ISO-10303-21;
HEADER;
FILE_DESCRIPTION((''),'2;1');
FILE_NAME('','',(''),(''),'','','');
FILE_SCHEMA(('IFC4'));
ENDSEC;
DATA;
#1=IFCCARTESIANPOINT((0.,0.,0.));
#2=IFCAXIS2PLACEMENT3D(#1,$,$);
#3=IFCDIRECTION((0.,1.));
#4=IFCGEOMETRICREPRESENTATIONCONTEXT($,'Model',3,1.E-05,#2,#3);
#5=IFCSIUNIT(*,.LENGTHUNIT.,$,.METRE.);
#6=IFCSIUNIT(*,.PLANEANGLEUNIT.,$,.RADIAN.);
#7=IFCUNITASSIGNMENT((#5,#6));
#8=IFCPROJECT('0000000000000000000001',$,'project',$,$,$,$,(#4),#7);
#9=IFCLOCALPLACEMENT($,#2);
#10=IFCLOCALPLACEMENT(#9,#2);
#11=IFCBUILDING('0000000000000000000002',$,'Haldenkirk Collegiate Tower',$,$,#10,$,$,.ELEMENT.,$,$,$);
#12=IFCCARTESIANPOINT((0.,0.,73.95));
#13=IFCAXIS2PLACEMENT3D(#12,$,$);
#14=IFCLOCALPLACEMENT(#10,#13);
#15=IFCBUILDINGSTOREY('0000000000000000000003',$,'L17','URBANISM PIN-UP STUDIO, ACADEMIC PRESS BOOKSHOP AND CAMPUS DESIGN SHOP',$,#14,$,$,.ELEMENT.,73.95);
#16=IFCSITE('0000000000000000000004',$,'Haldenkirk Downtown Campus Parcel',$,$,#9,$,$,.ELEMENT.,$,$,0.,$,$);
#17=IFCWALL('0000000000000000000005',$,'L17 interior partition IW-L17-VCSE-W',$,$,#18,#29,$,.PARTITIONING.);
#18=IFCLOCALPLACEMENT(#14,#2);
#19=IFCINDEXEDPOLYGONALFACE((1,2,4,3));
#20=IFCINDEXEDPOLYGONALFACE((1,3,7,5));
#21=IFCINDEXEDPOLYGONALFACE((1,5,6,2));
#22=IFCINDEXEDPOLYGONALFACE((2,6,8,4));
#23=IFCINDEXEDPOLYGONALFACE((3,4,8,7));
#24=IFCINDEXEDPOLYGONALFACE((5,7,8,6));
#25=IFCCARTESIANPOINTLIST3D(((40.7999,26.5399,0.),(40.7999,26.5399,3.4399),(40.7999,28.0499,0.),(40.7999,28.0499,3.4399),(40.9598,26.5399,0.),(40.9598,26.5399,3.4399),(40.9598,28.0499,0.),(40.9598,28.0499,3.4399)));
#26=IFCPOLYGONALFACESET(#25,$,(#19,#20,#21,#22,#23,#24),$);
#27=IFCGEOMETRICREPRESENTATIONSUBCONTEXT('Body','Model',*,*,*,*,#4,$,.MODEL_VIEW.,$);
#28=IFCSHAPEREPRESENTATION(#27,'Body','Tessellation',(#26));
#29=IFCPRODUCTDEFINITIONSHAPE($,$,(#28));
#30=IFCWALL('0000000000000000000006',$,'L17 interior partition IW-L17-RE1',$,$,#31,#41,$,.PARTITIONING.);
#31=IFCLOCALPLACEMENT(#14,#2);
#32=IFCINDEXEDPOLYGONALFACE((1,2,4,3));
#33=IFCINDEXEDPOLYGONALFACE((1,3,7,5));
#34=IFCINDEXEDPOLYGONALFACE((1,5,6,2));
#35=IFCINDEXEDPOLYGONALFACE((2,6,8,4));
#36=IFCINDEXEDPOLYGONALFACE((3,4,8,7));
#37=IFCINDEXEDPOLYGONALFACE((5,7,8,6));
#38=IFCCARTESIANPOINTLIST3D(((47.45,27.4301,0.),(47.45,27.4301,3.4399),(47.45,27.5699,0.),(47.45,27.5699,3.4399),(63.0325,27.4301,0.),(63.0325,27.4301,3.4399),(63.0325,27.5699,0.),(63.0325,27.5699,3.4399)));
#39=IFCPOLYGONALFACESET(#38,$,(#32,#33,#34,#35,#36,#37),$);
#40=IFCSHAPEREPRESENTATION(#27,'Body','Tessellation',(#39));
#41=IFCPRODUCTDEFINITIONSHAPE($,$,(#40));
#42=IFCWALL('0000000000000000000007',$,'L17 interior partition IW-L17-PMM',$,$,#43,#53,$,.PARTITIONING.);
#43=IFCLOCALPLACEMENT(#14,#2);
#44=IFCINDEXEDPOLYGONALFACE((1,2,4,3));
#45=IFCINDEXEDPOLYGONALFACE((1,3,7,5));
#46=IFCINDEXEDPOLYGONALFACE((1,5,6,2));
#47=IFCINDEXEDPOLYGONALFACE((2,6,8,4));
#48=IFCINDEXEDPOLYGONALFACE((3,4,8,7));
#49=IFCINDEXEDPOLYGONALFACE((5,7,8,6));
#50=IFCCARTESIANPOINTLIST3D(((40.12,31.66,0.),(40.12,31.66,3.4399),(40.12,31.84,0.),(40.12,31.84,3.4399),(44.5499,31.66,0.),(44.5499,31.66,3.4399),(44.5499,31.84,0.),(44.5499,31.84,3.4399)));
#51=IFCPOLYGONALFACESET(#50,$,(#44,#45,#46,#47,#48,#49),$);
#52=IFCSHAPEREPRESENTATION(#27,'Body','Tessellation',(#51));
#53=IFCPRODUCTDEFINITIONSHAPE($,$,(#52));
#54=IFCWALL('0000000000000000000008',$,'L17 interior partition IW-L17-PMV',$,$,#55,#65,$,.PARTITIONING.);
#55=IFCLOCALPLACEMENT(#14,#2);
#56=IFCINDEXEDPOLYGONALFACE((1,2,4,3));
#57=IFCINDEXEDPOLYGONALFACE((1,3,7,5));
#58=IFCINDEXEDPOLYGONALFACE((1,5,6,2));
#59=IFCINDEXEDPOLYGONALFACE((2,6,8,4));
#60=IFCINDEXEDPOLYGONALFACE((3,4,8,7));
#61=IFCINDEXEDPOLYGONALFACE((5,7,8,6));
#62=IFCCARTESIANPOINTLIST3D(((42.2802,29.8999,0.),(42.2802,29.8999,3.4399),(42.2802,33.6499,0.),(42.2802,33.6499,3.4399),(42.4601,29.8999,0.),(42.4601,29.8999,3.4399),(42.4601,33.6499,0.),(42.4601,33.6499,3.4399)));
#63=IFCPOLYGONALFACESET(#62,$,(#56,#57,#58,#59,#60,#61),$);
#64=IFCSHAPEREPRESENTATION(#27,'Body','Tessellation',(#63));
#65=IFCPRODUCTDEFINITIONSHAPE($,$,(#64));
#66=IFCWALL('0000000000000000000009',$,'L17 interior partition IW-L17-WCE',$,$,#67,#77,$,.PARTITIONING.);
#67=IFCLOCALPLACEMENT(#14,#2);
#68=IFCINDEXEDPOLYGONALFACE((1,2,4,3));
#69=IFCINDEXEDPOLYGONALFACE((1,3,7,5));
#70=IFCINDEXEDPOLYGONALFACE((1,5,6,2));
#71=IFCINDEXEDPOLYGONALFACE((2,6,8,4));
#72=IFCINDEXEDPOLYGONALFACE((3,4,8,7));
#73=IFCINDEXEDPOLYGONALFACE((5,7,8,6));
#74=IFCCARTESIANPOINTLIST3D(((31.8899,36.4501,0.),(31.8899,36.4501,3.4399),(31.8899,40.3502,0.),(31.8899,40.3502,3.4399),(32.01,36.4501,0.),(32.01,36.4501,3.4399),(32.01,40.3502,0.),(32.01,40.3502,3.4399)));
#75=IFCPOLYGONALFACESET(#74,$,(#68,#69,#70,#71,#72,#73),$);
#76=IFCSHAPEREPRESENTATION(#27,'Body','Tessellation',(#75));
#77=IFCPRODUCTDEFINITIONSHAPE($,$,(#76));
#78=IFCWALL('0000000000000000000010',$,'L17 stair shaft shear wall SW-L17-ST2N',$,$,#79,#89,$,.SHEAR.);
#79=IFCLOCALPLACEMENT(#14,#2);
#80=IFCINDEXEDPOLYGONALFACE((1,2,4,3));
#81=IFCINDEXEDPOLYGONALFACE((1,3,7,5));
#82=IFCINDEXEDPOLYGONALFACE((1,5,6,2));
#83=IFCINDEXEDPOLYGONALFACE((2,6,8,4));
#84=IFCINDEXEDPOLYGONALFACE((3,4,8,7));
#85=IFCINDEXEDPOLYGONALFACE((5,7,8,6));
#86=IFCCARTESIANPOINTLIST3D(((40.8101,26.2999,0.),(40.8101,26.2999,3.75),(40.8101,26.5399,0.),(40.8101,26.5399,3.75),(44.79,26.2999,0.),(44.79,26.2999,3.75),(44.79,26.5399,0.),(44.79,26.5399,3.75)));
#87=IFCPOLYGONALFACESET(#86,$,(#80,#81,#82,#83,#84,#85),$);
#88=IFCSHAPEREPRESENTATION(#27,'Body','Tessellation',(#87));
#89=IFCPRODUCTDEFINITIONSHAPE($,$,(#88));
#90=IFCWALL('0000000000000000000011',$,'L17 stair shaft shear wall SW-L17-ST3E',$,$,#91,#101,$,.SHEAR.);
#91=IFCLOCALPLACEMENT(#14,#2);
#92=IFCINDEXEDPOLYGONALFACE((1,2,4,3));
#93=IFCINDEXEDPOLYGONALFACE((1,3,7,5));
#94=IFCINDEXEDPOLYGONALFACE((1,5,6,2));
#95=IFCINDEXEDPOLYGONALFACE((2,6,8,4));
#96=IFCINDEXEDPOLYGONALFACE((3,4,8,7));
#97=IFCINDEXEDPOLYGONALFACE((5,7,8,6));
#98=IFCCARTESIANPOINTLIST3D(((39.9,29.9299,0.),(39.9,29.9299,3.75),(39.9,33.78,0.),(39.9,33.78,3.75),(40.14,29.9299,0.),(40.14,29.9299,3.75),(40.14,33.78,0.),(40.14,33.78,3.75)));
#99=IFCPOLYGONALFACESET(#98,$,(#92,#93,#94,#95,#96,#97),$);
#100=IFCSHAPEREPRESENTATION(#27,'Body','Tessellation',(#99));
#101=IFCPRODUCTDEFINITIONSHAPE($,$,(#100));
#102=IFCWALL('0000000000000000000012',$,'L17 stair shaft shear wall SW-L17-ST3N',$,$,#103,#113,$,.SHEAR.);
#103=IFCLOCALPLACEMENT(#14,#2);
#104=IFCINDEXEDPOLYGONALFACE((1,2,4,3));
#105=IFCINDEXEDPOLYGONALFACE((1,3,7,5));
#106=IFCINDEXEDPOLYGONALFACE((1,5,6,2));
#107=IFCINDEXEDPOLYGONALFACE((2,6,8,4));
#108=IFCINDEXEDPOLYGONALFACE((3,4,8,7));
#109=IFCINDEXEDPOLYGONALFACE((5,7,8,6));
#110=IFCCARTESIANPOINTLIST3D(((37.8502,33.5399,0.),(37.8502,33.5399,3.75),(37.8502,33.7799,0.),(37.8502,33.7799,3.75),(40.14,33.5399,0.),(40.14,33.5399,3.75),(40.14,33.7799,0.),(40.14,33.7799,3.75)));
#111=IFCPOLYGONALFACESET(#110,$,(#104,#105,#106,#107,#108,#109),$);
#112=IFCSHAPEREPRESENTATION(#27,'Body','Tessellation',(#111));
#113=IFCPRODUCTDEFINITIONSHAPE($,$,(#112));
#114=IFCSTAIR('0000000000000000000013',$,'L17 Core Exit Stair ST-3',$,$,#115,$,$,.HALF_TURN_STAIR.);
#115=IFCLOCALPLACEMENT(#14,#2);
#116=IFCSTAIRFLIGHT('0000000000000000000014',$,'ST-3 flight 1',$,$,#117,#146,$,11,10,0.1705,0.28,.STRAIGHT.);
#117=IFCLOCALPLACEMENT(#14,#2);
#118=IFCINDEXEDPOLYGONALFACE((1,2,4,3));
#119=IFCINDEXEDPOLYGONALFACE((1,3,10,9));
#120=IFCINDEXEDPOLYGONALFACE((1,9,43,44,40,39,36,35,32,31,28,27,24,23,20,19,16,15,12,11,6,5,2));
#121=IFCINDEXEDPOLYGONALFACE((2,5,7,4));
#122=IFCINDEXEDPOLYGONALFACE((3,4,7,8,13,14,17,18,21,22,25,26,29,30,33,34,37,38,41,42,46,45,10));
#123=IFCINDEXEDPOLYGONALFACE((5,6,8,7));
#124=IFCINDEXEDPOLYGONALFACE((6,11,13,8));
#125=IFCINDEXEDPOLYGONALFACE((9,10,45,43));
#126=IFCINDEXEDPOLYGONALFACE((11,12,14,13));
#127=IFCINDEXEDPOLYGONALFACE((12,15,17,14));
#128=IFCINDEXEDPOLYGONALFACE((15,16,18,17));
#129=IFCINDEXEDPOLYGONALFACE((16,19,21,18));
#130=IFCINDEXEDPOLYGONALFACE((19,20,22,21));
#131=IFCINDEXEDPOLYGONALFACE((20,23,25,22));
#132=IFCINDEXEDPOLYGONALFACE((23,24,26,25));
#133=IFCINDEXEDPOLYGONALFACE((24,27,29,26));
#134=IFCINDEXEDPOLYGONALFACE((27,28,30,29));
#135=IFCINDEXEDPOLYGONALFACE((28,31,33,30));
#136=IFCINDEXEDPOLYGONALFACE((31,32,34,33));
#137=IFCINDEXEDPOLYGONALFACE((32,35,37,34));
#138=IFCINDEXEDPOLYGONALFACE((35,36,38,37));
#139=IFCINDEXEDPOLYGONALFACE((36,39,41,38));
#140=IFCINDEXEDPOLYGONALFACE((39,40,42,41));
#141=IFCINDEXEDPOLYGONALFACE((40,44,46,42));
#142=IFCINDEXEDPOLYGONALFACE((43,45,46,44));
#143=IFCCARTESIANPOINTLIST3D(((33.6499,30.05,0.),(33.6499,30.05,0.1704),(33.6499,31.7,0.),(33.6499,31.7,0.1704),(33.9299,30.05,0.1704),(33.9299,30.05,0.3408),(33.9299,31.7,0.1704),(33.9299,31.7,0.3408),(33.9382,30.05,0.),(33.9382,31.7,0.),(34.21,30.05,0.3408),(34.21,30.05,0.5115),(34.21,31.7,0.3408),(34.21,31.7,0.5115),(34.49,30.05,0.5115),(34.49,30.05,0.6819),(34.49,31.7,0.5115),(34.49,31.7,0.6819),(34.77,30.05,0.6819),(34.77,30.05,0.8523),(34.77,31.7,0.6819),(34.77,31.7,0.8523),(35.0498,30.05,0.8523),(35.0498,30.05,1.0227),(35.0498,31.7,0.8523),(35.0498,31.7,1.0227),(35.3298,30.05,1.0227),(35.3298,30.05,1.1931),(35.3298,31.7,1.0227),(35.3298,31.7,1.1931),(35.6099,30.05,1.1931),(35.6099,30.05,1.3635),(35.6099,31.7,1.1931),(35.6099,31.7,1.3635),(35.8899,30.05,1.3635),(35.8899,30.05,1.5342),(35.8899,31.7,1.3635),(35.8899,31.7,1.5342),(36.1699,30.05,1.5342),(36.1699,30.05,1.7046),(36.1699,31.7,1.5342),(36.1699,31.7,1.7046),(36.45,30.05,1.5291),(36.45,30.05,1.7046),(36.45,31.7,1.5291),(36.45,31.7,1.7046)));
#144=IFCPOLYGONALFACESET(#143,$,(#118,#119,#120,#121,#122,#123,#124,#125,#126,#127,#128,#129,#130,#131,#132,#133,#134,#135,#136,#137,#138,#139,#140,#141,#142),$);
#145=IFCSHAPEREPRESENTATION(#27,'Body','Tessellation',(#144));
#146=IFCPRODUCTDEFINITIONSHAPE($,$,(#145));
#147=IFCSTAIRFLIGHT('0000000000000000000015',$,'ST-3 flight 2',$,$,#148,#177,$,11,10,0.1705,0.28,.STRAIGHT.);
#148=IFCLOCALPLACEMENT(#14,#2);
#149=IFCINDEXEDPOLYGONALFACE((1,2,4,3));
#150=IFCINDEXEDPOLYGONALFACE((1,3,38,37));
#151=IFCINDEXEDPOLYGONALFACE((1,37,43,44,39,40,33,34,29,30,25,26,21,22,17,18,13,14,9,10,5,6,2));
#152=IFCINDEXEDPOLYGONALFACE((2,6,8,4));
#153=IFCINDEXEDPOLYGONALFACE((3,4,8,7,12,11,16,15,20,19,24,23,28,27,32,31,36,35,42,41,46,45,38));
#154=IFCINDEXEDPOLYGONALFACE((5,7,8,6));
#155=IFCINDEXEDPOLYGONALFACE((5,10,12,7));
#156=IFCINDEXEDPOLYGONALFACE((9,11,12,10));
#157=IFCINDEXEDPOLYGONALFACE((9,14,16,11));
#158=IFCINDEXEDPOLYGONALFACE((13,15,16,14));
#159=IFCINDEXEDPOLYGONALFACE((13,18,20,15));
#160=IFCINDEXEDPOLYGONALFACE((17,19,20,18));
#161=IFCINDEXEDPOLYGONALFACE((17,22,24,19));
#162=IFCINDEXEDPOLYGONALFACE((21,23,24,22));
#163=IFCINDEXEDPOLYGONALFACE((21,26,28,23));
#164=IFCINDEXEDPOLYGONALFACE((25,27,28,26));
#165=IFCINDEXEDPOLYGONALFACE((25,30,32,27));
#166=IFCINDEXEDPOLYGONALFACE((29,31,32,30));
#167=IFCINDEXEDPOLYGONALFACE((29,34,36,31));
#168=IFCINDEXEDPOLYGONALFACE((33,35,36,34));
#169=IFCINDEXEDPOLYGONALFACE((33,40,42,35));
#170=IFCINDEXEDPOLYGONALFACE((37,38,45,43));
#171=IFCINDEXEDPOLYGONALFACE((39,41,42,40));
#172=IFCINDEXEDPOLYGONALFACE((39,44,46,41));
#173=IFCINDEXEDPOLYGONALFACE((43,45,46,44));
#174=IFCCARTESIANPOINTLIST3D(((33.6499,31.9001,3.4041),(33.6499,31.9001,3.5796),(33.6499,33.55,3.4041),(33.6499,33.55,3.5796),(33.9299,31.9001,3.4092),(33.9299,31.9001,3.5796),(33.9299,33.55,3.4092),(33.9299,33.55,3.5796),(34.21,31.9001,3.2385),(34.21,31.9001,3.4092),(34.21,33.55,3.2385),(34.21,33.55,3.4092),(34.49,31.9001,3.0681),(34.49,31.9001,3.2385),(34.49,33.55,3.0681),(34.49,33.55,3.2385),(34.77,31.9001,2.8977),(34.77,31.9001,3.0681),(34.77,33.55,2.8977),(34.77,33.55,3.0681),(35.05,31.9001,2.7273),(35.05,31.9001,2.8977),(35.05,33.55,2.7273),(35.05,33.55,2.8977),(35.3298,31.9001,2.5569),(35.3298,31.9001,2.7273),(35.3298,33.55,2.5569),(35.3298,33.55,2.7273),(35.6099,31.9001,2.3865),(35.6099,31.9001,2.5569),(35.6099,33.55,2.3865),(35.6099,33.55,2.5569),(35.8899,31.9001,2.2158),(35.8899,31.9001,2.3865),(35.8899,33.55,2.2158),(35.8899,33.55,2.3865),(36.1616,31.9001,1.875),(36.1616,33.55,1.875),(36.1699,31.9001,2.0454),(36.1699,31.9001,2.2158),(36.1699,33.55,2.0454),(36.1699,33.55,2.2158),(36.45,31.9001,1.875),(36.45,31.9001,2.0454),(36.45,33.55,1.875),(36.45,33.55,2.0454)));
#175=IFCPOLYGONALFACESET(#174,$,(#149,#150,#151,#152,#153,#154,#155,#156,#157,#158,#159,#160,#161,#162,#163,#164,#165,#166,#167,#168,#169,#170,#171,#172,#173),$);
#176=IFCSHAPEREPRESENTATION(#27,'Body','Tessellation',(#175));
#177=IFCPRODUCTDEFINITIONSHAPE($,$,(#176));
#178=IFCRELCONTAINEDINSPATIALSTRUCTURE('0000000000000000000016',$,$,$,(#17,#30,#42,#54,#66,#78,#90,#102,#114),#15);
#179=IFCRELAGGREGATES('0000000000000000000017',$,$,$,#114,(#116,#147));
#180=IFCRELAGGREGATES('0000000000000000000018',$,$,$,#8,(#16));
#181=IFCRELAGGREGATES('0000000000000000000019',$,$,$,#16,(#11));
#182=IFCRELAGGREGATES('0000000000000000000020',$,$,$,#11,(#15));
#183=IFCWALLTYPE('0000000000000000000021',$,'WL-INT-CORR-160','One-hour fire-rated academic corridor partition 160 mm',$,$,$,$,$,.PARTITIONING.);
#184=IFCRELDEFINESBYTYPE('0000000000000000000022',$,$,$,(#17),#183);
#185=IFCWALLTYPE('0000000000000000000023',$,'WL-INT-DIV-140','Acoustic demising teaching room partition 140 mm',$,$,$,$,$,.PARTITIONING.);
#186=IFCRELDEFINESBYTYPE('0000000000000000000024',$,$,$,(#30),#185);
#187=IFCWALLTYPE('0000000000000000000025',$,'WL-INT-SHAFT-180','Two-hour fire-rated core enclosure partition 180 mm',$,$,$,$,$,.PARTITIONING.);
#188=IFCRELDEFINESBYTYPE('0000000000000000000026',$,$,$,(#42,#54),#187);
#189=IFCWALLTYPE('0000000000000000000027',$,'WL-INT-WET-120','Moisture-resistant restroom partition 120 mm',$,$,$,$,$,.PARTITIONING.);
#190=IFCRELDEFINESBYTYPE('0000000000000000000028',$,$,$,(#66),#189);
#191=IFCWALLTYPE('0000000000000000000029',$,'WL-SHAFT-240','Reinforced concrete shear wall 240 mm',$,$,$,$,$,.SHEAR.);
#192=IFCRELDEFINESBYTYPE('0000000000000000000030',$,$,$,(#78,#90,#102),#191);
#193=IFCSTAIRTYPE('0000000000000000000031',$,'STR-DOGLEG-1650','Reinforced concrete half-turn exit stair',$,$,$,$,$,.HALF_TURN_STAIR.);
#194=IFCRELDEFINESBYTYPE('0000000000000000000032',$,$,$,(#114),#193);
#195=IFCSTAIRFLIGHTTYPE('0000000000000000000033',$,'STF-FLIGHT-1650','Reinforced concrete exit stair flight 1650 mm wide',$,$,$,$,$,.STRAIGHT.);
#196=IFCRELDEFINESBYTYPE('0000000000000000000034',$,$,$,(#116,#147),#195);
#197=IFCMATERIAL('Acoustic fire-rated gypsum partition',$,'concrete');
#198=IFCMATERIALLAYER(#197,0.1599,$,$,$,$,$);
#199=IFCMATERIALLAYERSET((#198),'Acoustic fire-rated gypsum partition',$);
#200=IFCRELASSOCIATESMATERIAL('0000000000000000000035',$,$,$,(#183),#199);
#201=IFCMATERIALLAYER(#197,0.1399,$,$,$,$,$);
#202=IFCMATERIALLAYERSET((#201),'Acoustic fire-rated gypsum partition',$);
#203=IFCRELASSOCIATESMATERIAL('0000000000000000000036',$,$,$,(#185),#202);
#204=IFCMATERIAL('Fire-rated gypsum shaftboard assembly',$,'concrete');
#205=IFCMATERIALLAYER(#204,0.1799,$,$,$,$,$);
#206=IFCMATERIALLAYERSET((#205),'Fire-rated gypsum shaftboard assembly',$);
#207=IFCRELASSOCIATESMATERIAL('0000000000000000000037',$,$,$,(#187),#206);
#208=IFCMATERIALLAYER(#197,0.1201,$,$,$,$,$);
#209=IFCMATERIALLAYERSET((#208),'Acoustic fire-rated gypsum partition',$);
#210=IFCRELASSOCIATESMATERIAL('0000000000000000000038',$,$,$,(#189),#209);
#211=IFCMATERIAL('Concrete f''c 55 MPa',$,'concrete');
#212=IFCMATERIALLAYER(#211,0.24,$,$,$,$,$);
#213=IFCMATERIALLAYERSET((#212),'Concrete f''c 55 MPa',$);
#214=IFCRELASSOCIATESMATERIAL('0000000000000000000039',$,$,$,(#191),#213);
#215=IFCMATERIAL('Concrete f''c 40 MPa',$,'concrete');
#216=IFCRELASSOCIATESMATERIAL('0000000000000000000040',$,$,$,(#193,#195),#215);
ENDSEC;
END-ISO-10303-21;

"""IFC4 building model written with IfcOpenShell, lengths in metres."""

from ifc_helpers import new_model, si_unit, direction, frame, frame_2d, origin, place, context, subcontext, project, spatial, polyline, rectangle, outline, extrude, material, layer, layer_set, type_object, element, aggregate, save


model = new_model("IFC4")

# Units and contexts
model_context = context("Model", 3, precision=1e-05, world=origin(), true_north=direction((0.0, 1.0)))
body_context = subcontext(model_context, "Body", "Model", "MODEL_VIEW")
ifc_project = project(units=[si_unit("LENGTHUNIT", "METRE"), si_unit("PLANEANGLEUNIT", "RADIAN")], contexts=[model_context])

# Site, building, storey
site_placement = place(None, origin())
site = spatial("IfcSite", under=ifc_project, at=site_placement, Name="Haldenkirk Downtown Campus Parcel", CompositionType="ELEMENT", RefElevation=0.0)
building_placement = place(site_placement, origin())
building = spatial("IfcBuilding", under=site, at=building_placement, Name="Haldenkirk Collegiate Tower", CompositionType="ELEMENT")
storey_placement = place(building_placement, frame((0.0, 0.0, 73.95)))
storey = spatial("IfcBuildingStorey", under=building, at=storey_placement, Name="L17", Description="URBANISM PIN-UP STUDIO, ACADEMIC PRESS BOOKSHOP AND CAMPUS DESIGN SHOP", CompositionType="ELEMENT", Elevation=73.95)

# Shared definitions
ifc_material_1 = material(Name="Acoustic fire-rated gypsum partition", Category="concrete")
ifc_layer_1 = layer(ifc_material_1, 0.1599)
ifc_layer_set_1 = layer_set([ifc_layer_1], Name="Acoustic fire-rated gypsum partition")
wall_type_1 = type_object("IfcWallType", Name="WL-INT-CORR-160", Description="One-hour fire-rated academic corridor partition 160 mm", PredefinedType="PARTITIONING", material=ifc_layer_set_1)

# Walls
wall_1_placement = place(storey_placement, frame((40.8799, 26.54, 0.0), z_axis=(0.0, 0.0, 1.0), x_axis=(0.0, 1.0, 0.0)))
element("IfcWall", 1, at=wall_1_placement, inside=storey, type_object=wall_type_1, Name="L17 interior partition IW-L17-VCSE-W", PredefinedType="PARTITIONING", context=body_context, shape_type="SweptSolid", body=[
    extrude(rectangle(XDim=1.51, YDim=0.1599, at=frame_2d((0.7549, 0.0))), origin(), (0.0, 0.0, 1.0), 3.4399),
])
ifc_layer_2 = layer(ifc_material_1, 0.1399)
ifc_layer_set_2 = layer_set([ifc_layer_2], Name="Acoustic fire-rated gypsum partition")
wall_type_2 = type_object("IfcWallType", Name="WL-INT-DIV-140", Description="Acoustic demising teaching room partition 140 mm", PredefinedType="PARTITIONING", material=ifc_layer_set_2)
wall_2_placement = place(storey_placement, frame((47.45, 27.5, 0.0), z_axis=(0.0, 0.0, 1.0), x_axis=(1.0, 0.0, 0.0)))
element("IfcWall", 2, at=wall_2_placement, inside=storey, type_object=wall_type_2, Name="L17 interior partition IW-L17-RE1", PredefinedType="PARTITIONING", context=body_context, shape_type="SweptSolid", body=[
    extrude(rectangle(XDim=15.5825, YDim=0.1399, at=frame_2d((7.7913, 0.0))), origin(), (0.0, 0.0, 1.0), 3.4399),
])

# Shared definitions
ifc_material_2 = material(Name="Fire-rated gypsum shaftboard assembly", Category="concrete")
ifc_layer_3 = layer(ifc_material_2, 0.1799)
ifc_layer_set_3 = layer_set([ifc_layer_3], Name="Fire-rated gypsum shaftboard assembly")
wall_type_3 = type_object("IfcWallType", Name="WL-INT-SHAFT-180", Description="Two-hour fire-rated core enclosure partition 180 mm", PredefinedType="PARTITIONING", material=ifc_layer_set_3)

# Walls
wall_3_placement = place(storey_placement, frame((40.1201, 31.75, 0.0), z_axis=(0.0, 0.0, 1.0), x_axis=(1.0, 0.0, 0.0)))
element("IfcWall", 3, at=wall_3_placement, inside=storey, type_object=wall_type_3, Name="L17 interior partition IW-L17-PMM", PredefinedType="PARTITIONING", context=body_context, shape_type="SweptSolid", body=[
    extrude(rectangle(XDim=4.4299, YDim=0.1799, at=frame_2d((2.2148, 0.0))), origin(), (0.0, 0.0, 1.0), 3.4399),
])
wall_4_placement = place(storey_placement, frame((42.3701, 29.8999, 0.0), z_axis=(0.0, 0.0, 1.0), x_axis=(0.0, 1.0, 0.0)))
element("IfcWall", 4, at=wall_4_placement, inside=storey, type_object=wall_type_3, Name="L17 interior partition IW-L17-PMV", PredefinedType="PARTITIONING", context=body_context, shape_type="SweptSolid", body=[
    extrude(rectangle(XDim=3.75, YDim=0.1799, at=frame_2d((1.875, 0.0))), origin(), (0.0, 0.0, 1.0), 3.4399),
])
ifc_layer_4 = layer(ifc_material_1, 0.1201)
ifc_layer_set_4 = layer_set([ifc_layer_4], Name="Acoustic fire-rated gypsum partition")
wall_type_4 = type_object("IfcWallType", Name="WL-INT-WET-120", Description="Moisture-resistant restroom partition 120 mm", PredefinedType="PARTITIONING", material=ifc_layer_set_4)
wall_5_placement = place(storey_placement, frame((31.95, 36.45, 0.0), z_axis=(0.0, 0.0, 1.0), x_axis=(0.0, 1.0, 0.0)))
element("IfcWall", 5, at=wall_5_placement, inside=storey, type_object=wall_type_4, Name="L17 interior partition IW-L17-WCE", PredefinedType="PARTITIONING", context=body_context, shape_type="SweptSolid", body=[
    extrude(rectangle(XDim=3.9001, YDim=0.1201, at=frame_2d((1.9502, 0.0))), origin(), (0.0, 0.0, 1.0), 3.4399),
])
ifc_material_3 = material(Name="Concrete f'c 55 MPa", Category="concrete")
ifc_layer_5 = layer(ifc_material_3, 0.24)
ifc_layer_set_5 = layer_set([ifc_layer_5], Name="Concrete f'c 55 MPa")
wall_type_5 = type_object("IfcWallType", Name="WL-SHAFT-240", Description="Reinforced concrete shear wall 240 mm", PredefinedType="SHEAR", material=ifc_layer_set_5)
wall_6_placement = place(storey_placement, frame((40.8101, 26.4199, 0.0), z_axis=(0.0, 0.0, 1.0), x_axis=(1.0, 0.0, 0.0)))
element("IfcWall", 6, at=wall_6_placement, inside=storey, type_object=wall_type_5, Name="L17 stair shaft shear wall SW-L17-ST2N", PredefinedType="SHEAR", context=body_context, shape_type="SweptSolid", body=[
    extrude(rectangle(XDim=3.98, YDim=0.24, at=frame_2d((1.99, 0.0))), origin(), (0.0, 0.0, 1.0), 3.75),
])
wall_7_placement = place(storey_placement, frame((40.02, 29.9299, 0.0), z_axis=(0.0, 0.0, 1.0), x_axis=(0.0, 1.0, 0.0)))
element("IfcWall", 7, at=wall_7_placement, inside=storey, type_object=wall_type_5, Name="L17 stair shaft shear wall SW-L17-ST3E", PredefinedType="SHEAR", context=body_context, shape_type="SweptSolid", body=[
    extrude(rectangle(XDim=3.8501, YDim=0.24, at=frame_2d((1.925, 0.0))), origin(), (0.0, 0.0, 1.0), 3.75),
])
wall_8_placement = place(storey_placement, frame((37.8501, 33.6599, 0.0), z_axis=(0.0, 0.0, 1.0), x_axis=(1.0, 0.0, 0.0)))
element("IfcWall", 8, at=wall_8_placement, inside=storey, type_object=wall_type_5, Name="L17 stair shaft shear wall SW-L17-ST3N", PredefinedType="SHEAR", context=body_context, shape_type="SweptSolid", body=[
    extrude(rectangle(XDim=2.2898, YDim=0.24, at=frame_2d((1.145, 0.0))), origin(), (0.0, 0.0, 1.0), 3.75),
])

# Stair, stair flights
ifc_material_4 = material(Name="Concrete f'c 40 MPa", Category="concrete")
stair_type = type_object("IfcStairType", Name="STR-DOGLEG-1650", Description="Reinforced concrete half-turn exit stair", PredefinedType="HALF_TURN_STAIR", material=ifc_material_4)
stair_placement = place(storey_placement, origin())
stair = element("IfcStair", 9, at=stair_placement, inside=storey, type_object=stair_type, Name="L17 Core Exit Stair ST-3", PredefinedType="HALF_TURN_STAIR")
stair_flight_type = type_object("IfcStairFlightType", Name="STF-FLIGHT-1650", Description="Reinforced concrete exit stair flight 1650 mm wide", PredefinedType="STRAIGHT", material=ifc_material_4)
stair_flight_1_placement = place(storey_placement, frame((33.6499, 30.875, 0.0), z_axis=(0.0, 0.0, 1.0), x_axis=(1.0, 0.0, 0.0)))
stair_flight_1 = element("IfcStairFlight", 10, at=stair_flight_1_placement, type_object=stair_flight_type, Name="ST-3 flight 1", NumberOfRisers=11, NumberOfTreads=10, PredefinedType="STRAIGHT", RiserHeight=0.1705, TreadLength=0.28, context=body_context, shape_type="SweptSolid", body=[
    extrude(outline(polyline([(0.0, 0.0), (0.0, 0.1704), (0.28, 0.1704), (0.28, 0.3408), (0.5601, 0.3408), (0.5601, 0.5115), (0.8401, 0.5115), (0.8401, 0.6819), (1.1201, 0.6819), (1.1201, 0.8523), (1.3999, 0.8523), (1.3999, 1.0227), (1.6799, 1.0227), (1.6799, 1.1931), (1.96, 1.1931), (1.96, 1.3635), (2.24, 1.3635), (2.24, 1.5342), (2.52, 1.5342), (2.52, 1.7046), (2.8, 1.7046), (2.8, 1.875), (2.8, 1.5291), (0.2883, 0.0), (0.0, 0.0)])), frame((0.0, 0.825, 0.0), z_axis=(0.0, -1.0, 0.0), x_axis=(1.0, 0.0, 0.0)), (0.0, 0.0, 1.0), 1.6499),
])
stair_flight_2_placement = place(storey_placement, frame((36.45, 32.7251, 1.875), z_axis=(0.0, 0.0, 1.0), x_axis=(-1.0, 0.0, 0.0)))
stair_flight_2 = element("IfcStairFlight", 11, at=stair_flight_2_placement, type_object=stair_flight_type, Name="ST-3 flight 2", NumberOfRisers=11, NumberOfTreads=10, PredefinedType="STRAIGHT", RiserHeight=0.1705, TreadLength=0.28, context=body_context, shape_type="SweptSolid", body=[
    extrude(outline(polyline([(0.0, 0.0), (0.0, 0.1704), (0.28, 0.1704), (0.28, 0.3408), (0.5601, 0.3408), (0.5601, 0.5115), (0.8401, 0.5115), (0.8401, 0.6819), (1.1201, 0.6819), (1.1201, 0.8523), (1.3999, 0.8523), (1.3999, 1.0227), (1.6799, 1.0227), (1.6799, 1.1931), (1.96, 1.1931), (1.96, 1.3635), (2.24, 1.3635), (2.24, 1.5342), (2.52, 1.5342), (2.52, 1.7046), (2.8, 1.7046), (2.8, 1.875), (2.8, 1.5291), (0.2883, 0.0), (0.0, 0.0)])), frame((0.0, 0.825, 0.0), z_axis=(0.0, -1.0, 0.0), x_axis=(1.0, 0.0, 0.0)), (0.0, 0.0, 1.0), 1.6499),
])
aggregate(stair, [stair_flight_1, stair_flight_2])

save(model, "model.ifc")
